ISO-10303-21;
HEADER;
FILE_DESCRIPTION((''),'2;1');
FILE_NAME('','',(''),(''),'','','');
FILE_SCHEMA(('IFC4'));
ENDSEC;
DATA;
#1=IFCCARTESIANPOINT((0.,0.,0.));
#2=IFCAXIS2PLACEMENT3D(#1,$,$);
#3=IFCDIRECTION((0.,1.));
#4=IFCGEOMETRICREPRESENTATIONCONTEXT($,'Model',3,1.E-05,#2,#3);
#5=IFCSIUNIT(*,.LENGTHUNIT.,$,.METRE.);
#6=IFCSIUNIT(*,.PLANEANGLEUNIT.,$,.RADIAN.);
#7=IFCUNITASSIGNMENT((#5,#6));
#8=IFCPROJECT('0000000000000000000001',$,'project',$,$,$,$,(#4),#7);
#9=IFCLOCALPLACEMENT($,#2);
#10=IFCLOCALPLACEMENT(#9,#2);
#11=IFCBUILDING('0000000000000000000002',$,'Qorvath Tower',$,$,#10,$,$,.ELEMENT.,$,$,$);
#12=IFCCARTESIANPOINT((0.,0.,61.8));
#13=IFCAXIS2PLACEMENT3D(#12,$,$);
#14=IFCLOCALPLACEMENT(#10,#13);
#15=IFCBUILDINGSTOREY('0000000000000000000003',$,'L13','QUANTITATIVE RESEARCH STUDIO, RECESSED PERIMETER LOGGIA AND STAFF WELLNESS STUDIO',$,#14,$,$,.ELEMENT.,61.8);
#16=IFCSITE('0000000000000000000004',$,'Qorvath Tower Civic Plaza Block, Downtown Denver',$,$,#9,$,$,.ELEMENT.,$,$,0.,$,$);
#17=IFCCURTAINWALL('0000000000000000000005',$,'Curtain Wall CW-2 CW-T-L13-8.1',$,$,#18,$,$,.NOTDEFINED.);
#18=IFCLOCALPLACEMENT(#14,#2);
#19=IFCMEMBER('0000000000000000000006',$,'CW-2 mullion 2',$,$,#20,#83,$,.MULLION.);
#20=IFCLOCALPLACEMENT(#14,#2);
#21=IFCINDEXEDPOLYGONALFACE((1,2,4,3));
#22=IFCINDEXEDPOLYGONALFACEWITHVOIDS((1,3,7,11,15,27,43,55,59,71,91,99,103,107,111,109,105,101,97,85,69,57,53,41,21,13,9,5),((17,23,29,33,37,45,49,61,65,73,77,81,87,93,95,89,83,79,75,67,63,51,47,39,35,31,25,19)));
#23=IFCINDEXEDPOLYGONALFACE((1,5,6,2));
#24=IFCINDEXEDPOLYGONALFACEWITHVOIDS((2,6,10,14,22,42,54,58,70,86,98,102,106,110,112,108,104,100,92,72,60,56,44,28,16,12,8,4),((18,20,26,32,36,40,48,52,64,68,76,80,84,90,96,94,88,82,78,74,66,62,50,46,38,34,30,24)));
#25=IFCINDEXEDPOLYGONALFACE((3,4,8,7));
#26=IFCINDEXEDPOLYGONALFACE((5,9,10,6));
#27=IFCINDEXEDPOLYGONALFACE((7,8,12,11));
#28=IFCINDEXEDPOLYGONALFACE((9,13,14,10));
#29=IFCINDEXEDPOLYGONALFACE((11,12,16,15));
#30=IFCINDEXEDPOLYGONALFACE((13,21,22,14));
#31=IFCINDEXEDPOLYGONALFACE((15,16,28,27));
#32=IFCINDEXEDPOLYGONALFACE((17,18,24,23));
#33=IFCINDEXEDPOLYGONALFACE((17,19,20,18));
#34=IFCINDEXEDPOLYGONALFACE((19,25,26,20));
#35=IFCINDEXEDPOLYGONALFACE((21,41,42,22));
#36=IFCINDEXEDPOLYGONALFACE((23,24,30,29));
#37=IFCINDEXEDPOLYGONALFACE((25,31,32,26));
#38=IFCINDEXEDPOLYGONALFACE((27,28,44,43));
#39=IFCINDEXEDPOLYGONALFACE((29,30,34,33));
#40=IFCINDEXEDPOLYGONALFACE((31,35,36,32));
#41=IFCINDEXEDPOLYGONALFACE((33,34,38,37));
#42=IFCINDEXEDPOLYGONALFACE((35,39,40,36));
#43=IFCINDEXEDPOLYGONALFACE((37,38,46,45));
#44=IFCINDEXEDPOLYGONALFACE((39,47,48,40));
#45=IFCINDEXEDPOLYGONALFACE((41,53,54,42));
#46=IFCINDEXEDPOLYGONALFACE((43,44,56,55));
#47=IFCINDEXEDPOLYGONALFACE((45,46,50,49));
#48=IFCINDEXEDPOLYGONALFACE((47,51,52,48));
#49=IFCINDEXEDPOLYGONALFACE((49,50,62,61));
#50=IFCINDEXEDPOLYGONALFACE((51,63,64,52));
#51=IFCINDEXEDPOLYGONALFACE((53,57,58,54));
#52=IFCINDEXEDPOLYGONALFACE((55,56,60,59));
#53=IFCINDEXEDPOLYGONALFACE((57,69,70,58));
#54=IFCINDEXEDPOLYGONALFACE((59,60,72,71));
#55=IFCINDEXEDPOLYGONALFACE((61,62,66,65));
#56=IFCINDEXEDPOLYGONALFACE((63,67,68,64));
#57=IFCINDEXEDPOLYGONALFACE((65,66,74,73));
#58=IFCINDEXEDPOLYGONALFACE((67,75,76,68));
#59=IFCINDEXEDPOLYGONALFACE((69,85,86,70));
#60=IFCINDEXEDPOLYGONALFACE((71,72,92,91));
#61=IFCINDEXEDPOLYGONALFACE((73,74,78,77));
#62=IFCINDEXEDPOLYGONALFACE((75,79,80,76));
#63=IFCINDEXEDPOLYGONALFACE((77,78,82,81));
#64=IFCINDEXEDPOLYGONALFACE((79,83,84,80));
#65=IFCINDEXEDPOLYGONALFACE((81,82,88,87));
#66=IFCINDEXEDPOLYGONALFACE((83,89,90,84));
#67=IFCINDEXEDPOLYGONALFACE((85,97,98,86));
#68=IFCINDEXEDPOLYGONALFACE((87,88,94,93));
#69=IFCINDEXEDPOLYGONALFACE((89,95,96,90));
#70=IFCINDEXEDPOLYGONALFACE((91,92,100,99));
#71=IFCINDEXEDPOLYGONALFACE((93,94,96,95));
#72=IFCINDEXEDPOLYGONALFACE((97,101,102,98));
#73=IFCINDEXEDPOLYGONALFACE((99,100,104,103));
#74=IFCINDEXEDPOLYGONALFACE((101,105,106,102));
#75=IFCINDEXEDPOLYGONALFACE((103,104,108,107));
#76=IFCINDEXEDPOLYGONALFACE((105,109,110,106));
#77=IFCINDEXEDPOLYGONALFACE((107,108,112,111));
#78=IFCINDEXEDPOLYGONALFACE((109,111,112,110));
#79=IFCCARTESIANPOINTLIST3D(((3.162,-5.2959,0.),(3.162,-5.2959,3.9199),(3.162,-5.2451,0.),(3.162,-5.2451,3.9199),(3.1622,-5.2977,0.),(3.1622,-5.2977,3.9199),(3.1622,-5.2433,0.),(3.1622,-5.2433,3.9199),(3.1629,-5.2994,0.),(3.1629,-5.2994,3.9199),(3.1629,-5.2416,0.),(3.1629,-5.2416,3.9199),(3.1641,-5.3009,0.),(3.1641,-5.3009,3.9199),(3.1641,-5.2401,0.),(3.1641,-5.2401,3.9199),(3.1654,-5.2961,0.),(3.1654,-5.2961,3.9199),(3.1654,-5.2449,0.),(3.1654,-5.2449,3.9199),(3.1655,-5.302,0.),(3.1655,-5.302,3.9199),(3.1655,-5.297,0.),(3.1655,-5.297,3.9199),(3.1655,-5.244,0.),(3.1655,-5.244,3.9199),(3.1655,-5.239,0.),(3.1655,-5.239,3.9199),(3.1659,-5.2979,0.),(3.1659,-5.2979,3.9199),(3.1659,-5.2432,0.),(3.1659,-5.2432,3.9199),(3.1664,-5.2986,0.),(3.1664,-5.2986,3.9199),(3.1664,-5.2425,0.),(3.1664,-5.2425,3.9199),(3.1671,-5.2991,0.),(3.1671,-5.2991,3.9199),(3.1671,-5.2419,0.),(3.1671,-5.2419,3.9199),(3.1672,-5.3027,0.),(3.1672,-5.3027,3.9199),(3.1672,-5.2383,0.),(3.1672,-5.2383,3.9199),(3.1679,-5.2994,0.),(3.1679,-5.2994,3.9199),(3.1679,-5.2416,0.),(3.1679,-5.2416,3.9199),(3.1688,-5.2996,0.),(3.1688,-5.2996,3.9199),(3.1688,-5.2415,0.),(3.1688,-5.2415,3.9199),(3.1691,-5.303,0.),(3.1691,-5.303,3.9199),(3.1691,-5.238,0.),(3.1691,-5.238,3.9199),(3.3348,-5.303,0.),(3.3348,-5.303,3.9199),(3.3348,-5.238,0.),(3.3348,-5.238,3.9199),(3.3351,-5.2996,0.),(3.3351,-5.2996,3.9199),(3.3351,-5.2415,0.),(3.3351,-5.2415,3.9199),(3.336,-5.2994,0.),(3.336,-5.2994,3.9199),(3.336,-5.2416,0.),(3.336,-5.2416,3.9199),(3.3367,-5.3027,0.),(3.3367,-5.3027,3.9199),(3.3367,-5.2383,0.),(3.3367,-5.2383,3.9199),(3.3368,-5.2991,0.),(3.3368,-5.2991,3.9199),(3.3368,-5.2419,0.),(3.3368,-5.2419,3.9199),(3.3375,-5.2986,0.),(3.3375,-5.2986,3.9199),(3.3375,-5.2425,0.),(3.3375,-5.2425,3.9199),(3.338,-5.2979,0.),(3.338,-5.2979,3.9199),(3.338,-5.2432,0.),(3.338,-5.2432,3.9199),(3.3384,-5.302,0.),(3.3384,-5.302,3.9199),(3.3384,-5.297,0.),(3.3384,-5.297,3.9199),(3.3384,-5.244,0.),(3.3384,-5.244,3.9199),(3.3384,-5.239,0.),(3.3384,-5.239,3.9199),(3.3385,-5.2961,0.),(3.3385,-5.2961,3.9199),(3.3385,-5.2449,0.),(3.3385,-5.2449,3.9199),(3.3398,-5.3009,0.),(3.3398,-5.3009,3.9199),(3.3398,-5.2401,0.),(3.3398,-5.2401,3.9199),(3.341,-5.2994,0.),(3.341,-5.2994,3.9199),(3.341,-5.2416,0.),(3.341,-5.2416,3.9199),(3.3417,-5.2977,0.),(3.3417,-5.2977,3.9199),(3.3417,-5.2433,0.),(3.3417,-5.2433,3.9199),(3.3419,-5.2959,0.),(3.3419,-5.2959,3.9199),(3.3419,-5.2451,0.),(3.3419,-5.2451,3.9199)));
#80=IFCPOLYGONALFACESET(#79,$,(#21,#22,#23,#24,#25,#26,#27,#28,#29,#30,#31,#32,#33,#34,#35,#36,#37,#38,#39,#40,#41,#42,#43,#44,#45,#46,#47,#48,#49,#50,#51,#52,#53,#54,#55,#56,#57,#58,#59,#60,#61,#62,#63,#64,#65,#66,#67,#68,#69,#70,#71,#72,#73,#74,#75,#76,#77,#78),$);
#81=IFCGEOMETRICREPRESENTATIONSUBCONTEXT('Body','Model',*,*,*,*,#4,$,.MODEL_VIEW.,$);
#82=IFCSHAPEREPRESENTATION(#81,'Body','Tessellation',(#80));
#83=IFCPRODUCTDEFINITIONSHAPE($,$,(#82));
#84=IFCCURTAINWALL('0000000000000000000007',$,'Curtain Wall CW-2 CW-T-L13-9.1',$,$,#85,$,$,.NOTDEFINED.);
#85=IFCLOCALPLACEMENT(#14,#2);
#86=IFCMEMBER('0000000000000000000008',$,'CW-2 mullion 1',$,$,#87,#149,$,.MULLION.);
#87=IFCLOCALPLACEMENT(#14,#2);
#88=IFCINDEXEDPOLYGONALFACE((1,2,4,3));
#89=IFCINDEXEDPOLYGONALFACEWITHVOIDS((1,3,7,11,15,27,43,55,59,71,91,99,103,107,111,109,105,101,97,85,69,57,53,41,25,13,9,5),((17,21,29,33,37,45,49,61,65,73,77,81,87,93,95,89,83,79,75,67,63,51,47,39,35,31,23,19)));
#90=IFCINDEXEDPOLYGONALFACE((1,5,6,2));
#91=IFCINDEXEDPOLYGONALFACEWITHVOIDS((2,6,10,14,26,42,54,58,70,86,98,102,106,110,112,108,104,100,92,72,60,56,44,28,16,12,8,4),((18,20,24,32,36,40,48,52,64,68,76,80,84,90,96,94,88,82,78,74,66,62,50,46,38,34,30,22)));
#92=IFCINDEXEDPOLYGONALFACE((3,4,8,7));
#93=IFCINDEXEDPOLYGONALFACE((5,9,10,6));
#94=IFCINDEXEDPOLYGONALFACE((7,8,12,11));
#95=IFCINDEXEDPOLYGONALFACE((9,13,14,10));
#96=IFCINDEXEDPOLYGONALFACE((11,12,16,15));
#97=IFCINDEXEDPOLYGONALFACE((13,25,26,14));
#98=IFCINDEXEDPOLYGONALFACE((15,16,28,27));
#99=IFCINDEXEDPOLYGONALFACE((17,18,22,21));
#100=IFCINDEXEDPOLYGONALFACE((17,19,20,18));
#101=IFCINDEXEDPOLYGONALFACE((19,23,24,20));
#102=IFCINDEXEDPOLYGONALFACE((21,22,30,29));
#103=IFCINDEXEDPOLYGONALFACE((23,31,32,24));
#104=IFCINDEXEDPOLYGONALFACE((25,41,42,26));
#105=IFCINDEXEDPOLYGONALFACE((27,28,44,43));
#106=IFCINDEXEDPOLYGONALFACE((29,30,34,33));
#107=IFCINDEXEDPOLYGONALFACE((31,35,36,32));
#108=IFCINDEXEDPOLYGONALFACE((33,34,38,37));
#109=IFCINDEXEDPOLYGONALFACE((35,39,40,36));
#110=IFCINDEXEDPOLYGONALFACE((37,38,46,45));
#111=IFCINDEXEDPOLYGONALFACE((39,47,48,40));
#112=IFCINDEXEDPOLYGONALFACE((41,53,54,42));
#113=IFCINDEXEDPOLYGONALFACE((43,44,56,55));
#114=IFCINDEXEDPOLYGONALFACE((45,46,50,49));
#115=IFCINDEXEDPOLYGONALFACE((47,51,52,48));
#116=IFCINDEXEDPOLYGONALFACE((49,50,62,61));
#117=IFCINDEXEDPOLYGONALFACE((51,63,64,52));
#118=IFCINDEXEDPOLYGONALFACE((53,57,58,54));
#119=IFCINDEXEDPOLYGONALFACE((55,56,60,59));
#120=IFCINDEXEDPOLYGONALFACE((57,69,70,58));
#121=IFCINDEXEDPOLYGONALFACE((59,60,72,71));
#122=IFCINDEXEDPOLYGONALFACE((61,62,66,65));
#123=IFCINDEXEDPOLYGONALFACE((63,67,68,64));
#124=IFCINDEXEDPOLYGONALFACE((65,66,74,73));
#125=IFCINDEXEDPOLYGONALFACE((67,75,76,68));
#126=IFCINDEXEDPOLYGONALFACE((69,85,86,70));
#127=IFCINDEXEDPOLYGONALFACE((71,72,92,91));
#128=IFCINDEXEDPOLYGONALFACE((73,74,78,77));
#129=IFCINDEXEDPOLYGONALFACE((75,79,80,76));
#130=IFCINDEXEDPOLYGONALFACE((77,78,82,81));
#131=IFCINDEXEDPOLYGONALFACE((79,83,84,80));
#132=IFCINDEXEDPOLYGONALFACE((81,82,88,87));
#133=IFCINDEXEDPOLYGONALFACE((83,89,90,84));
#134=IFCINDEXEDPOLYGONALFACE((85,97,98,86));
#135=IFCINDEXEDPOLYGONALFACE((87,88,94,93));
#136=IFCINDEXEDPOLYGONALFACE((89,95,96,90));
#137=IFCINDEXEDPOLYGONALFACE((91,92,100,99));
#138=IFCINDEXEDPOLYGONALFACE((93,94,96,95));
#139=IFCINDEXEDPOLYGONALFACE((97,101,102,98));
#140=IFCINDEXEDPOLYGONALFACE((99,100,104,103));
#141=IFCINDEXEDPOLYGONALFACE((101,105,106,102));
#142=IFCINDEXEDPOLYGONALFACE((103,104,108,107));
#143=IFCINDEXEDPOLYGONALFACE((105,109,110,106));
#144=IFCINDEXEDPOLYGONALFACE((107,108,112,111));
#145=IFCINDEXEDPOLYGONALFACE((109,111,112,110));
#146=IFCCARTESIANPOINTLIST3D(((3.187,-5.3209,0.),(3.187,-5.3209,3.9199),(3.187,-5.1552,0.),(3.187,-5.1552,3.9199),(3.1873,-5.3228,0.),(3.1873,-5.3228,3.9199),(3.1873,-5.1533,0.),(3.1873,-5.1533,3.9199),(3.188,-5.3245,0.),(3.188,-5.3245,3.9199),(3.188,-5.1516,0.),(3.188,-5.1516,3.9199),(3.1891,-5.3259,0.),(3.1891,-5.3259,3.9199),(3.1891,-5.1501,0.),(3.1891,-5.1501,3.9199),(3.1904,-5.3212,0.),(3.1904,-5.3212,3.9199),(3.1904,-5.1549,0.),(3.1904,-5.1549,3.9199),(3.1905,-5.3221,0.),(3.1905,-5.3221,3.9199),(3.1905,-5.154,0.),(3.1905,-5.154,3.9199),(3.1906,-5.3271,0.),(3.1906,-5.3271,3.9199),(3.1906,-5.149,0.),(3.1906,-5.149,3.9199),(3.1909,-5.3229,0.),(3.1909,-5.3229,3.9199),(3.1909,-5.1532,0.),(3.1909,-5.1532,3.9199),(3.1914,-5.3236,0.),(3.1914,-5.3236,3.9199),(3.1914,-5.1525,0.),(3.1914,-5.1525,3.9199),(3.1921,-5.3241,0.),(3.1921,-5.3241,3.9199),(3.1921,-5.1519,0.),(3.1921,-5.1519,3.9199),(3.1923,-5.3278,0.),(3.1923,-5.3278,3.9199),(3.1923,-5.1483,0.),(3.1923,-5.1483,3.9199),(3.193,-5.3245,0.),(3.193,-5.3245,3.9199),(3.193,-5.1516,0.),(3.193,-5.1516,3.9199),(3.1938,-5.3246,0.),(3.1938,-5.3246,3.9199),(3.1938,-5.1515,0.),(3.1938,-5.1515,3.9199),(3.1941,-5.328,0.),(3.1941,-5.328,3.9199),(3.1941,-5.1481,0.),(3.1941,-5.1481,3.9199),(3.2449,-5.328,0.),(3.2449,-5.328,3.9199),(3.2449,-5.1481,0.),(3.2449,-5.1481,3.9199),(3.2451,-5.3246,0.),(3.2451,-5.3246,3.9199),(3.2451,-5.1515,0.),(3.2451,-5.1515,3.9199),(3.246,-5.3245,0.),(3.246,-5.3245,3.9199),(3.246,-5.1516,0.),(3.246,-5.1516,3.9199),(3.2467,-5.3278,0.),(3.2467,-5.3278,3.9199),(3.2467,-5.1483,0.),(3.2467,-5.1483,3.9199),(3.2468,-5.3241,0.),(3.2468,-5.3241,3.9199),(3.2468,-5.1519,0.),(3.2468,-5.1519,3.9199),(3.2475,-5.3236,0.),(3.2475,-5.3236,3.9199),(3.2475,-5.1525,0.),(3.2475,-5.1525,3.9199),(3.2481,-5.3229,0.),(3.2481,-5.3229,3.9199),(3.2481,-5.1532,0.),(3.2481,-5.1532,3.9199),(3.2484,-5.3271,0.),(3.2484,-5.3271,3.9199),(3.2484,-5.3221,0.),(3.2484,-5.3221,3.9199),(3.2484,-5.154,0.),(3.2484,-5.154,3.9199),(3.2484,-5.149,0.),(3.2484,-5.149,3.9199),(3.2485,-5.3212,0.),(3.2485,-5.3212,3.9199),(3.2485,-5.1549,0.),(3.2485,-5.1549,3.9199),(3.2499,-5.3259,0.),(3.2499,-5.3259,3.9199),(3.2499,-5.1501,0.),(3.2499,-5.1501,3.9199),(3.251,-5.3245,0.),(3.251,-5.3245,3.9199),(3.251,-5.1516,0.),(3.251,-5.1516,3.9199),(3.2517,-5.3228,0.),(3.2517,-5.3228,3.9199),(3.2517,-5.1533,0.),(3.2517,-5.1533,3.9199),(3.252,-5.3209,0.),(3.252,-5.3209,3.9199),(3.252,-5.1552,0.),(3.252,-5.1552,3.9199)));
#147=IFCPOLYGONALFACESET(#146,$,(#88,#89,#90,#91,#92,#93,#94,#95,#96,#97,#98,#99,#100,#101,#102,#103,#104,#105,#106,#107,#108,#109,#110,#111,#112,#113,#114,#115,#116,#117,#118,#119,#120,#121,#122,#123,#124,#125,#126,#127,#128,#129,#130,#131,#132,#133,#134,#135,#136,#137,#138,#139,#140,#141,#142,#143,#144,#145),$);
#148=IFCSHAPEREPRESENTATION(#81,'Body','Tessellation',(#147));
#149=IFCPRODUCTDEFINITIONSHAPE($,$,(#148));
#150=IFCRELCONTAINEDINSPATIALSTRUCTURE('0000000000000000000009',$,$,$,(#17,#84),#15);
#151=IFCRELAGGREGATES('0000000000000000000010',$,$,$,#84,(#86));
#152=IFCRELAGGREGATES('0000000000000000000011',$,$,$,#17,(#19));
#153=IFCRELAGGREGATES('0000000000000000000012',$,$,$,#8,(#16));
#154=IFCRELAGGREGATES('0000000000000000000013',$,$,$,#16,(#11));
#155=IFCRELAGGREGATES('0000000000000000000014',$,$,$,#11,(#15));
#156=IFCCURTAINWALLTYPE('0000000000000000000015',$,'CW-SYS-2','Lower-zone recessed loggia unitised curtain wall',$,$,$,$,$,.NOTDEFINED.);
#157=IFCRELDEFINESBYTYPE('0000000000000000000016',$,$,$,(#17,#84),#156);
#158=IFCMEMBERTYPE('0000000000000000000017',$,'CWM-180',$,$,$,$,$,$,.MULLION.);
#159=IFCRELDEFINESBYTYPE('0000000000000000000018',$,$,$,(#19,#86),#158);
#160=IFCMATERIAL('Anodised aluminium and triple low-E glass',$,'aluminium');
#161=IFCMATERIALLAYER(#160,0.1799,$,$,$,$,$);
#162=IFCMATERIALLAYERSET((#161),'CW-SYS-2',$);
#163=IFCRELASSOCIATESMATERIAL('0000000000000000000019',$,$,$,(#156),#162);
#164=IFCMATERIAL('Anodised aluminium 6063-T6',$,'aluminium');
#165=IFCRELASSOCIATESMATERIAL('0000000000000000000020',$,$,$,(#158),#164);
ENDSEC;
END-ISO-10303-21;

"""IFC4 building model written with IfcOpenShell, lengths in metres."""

from ifc_helpers import new_model, si_unit, direction, frame, origin, origin_2d, place, context, subcontext, project, spatial, hollow_rectangle, extrude, material, layer, layer_set, material_profile, profile_set, type_object, element, aggregate, save


model = new_model("IFC4")

# Units and contexts
model_context = context("Model", 3, precision=1e-05, world=origin(), true_north=direction((0.0, 1.0)))
body_context = subcontext(model_context, "Body", "Model", "MODEL_VIEW")
ifc_project = project(units=[si_unit("LENGTHUNIT", "METRE"), si_unit("PLANEANGLEUNIT", "RADIAN")], contexts=[model_context])

# Site, building, storey
site_placement = place(None, origin())
site = spatial("IfcSite", under=ifc_project, at=site_placement, Name="Qorvath Tower Civic Plaza Block, Downtown Denver", CompositionType="ELEMENT", RefElevation=0.0)
building_placement = place(site_placement, origin())
building = spatial("IfcBuilding", under=site, at=building_placement, Name="Qorvath Tower", CompositionType="ELEMENT")
storey_placement = place(building_placement, frame((0.0, 0.0, 61.8)))
storey = spatial("IfcBuildingStorey", under=building, at=storey_placement, Name="L13", Description="QUANTITATIVE RESEARCH STUDIO, RECESSED PERIMETER LOGGIA AND STAFF WELLNESS STUDIO", CompositionType="ELEMENT", Elevation=61.8)

# Shared definitions
ifc_material_1 = material(Name="Anodised aluminium and triple low-E glass", Category="aluminium")
ifc_layer_1 = layer(ifc_material_1, 0.1799)
ifc_layer_set_1 = layer_set([ifc_layer_1], Name="CW-SYS-2")
curtain_wall_type = type_object("IfcCurtainWallType", Name="CW-SYS-2", Description="Lower-zone recessed loggia unitised curtain wall", PredefinedType="NOTDEFINED", material=ifc_layer_set_1)
ifc_material_2 = material(Name="Anodised aluminium 6063-T6", Category="aluminium")
ifc_material_profile_1 = material_profile(ifc_material_2, hollow_rectangle(XDim=0.0649, YDim=0.1799, WallThickness=0.0034, InnerFilletRadius=0.0034, OuterFilletRadius=0.0071, at=origin_2d()), Name="CWM 180x65")
ifc_profile_set_1 = profile_set([ifc_material_profile_1], Name="Anodised aluminium 6063-T6")
member_type_1 = type_object("IfcMemberType", Name="CWM-180", PredefinedType="MULLION", material=ifc_profile_set_1)

# Curtain wall, member
curtain_wall_1_placement = place(storey_placement, origin())
curtain_wall_1 = element("IfcCurtainWall", 1, at=curtain_wall_1_placement, inside=storey, type_object=curtain_wall_type, Name="Curtain Wall CW-2 CW-T-L13-8.1", PredefinedType="NOTDEFINED")
member_1_placement = place(storey_placement, frame((3.252, -5.2705, 0.0), z_axis=(0.0, 0.0, 1.0), x_axis=(0.0, -1.0, 0.0)))
member_1 = element("IfcMember", 2, at=member_1_placement, type_object=member_type_1, Name="CW-2 mullion 2", PredefinedType="MULLION", context=body_context, shape_type="SweptSolid", body=[
    extrude(hollow_rectangle(XDim=0.0649, YDim=0.1799, WallThickness=0.0034, InnerFilletRadius=0.0034, OuterFilletRadius=0.0071, at=origin_2d()), origin(), (0.0, 0.0, 1.0), 3.9199),
])

# Curtain wall, member
curtain_wall_2_placement = place(storey_placement, origin())
curtain_wall_2 = element("IfcCurtainWall", 3, at=curtain_wall_2_placement, inside=storey, type_object=curtain_wall_type, Name="Curtain Wall CW-2 CW-T-L13-9.1", PredefinedType="NOTDEFINED")
member_2_placement = place(storey_placement, frame((3.2195, -5.238, 0.0), z_axis=(0.0, 0.0, 1.0), x_axis=(-1.0, 0.0, 0.0)))
member_2 = element("IfcMember", 4, at=member_2_placement, type_object=member_type_1, Name="CW-2 mullion 1", PredefinedType="MULLION", context=body_context, shape_type="SweptSolid", body=[
    extrude(hollow_rectangle(XDim=0.0649, YDim=0.1799, WallThickness=0.0034, InnerFilletRadius=0.0034, OuterFilletRadius=0.0071, at=origin_2d()), origin(), (0.0, 0.0, 1.0), 3.9199),
])

aggregate(curtain_wall_2, [member_2])

aggregate(curtain_wall_1, [member_1])

save(model, "model.ifc")
